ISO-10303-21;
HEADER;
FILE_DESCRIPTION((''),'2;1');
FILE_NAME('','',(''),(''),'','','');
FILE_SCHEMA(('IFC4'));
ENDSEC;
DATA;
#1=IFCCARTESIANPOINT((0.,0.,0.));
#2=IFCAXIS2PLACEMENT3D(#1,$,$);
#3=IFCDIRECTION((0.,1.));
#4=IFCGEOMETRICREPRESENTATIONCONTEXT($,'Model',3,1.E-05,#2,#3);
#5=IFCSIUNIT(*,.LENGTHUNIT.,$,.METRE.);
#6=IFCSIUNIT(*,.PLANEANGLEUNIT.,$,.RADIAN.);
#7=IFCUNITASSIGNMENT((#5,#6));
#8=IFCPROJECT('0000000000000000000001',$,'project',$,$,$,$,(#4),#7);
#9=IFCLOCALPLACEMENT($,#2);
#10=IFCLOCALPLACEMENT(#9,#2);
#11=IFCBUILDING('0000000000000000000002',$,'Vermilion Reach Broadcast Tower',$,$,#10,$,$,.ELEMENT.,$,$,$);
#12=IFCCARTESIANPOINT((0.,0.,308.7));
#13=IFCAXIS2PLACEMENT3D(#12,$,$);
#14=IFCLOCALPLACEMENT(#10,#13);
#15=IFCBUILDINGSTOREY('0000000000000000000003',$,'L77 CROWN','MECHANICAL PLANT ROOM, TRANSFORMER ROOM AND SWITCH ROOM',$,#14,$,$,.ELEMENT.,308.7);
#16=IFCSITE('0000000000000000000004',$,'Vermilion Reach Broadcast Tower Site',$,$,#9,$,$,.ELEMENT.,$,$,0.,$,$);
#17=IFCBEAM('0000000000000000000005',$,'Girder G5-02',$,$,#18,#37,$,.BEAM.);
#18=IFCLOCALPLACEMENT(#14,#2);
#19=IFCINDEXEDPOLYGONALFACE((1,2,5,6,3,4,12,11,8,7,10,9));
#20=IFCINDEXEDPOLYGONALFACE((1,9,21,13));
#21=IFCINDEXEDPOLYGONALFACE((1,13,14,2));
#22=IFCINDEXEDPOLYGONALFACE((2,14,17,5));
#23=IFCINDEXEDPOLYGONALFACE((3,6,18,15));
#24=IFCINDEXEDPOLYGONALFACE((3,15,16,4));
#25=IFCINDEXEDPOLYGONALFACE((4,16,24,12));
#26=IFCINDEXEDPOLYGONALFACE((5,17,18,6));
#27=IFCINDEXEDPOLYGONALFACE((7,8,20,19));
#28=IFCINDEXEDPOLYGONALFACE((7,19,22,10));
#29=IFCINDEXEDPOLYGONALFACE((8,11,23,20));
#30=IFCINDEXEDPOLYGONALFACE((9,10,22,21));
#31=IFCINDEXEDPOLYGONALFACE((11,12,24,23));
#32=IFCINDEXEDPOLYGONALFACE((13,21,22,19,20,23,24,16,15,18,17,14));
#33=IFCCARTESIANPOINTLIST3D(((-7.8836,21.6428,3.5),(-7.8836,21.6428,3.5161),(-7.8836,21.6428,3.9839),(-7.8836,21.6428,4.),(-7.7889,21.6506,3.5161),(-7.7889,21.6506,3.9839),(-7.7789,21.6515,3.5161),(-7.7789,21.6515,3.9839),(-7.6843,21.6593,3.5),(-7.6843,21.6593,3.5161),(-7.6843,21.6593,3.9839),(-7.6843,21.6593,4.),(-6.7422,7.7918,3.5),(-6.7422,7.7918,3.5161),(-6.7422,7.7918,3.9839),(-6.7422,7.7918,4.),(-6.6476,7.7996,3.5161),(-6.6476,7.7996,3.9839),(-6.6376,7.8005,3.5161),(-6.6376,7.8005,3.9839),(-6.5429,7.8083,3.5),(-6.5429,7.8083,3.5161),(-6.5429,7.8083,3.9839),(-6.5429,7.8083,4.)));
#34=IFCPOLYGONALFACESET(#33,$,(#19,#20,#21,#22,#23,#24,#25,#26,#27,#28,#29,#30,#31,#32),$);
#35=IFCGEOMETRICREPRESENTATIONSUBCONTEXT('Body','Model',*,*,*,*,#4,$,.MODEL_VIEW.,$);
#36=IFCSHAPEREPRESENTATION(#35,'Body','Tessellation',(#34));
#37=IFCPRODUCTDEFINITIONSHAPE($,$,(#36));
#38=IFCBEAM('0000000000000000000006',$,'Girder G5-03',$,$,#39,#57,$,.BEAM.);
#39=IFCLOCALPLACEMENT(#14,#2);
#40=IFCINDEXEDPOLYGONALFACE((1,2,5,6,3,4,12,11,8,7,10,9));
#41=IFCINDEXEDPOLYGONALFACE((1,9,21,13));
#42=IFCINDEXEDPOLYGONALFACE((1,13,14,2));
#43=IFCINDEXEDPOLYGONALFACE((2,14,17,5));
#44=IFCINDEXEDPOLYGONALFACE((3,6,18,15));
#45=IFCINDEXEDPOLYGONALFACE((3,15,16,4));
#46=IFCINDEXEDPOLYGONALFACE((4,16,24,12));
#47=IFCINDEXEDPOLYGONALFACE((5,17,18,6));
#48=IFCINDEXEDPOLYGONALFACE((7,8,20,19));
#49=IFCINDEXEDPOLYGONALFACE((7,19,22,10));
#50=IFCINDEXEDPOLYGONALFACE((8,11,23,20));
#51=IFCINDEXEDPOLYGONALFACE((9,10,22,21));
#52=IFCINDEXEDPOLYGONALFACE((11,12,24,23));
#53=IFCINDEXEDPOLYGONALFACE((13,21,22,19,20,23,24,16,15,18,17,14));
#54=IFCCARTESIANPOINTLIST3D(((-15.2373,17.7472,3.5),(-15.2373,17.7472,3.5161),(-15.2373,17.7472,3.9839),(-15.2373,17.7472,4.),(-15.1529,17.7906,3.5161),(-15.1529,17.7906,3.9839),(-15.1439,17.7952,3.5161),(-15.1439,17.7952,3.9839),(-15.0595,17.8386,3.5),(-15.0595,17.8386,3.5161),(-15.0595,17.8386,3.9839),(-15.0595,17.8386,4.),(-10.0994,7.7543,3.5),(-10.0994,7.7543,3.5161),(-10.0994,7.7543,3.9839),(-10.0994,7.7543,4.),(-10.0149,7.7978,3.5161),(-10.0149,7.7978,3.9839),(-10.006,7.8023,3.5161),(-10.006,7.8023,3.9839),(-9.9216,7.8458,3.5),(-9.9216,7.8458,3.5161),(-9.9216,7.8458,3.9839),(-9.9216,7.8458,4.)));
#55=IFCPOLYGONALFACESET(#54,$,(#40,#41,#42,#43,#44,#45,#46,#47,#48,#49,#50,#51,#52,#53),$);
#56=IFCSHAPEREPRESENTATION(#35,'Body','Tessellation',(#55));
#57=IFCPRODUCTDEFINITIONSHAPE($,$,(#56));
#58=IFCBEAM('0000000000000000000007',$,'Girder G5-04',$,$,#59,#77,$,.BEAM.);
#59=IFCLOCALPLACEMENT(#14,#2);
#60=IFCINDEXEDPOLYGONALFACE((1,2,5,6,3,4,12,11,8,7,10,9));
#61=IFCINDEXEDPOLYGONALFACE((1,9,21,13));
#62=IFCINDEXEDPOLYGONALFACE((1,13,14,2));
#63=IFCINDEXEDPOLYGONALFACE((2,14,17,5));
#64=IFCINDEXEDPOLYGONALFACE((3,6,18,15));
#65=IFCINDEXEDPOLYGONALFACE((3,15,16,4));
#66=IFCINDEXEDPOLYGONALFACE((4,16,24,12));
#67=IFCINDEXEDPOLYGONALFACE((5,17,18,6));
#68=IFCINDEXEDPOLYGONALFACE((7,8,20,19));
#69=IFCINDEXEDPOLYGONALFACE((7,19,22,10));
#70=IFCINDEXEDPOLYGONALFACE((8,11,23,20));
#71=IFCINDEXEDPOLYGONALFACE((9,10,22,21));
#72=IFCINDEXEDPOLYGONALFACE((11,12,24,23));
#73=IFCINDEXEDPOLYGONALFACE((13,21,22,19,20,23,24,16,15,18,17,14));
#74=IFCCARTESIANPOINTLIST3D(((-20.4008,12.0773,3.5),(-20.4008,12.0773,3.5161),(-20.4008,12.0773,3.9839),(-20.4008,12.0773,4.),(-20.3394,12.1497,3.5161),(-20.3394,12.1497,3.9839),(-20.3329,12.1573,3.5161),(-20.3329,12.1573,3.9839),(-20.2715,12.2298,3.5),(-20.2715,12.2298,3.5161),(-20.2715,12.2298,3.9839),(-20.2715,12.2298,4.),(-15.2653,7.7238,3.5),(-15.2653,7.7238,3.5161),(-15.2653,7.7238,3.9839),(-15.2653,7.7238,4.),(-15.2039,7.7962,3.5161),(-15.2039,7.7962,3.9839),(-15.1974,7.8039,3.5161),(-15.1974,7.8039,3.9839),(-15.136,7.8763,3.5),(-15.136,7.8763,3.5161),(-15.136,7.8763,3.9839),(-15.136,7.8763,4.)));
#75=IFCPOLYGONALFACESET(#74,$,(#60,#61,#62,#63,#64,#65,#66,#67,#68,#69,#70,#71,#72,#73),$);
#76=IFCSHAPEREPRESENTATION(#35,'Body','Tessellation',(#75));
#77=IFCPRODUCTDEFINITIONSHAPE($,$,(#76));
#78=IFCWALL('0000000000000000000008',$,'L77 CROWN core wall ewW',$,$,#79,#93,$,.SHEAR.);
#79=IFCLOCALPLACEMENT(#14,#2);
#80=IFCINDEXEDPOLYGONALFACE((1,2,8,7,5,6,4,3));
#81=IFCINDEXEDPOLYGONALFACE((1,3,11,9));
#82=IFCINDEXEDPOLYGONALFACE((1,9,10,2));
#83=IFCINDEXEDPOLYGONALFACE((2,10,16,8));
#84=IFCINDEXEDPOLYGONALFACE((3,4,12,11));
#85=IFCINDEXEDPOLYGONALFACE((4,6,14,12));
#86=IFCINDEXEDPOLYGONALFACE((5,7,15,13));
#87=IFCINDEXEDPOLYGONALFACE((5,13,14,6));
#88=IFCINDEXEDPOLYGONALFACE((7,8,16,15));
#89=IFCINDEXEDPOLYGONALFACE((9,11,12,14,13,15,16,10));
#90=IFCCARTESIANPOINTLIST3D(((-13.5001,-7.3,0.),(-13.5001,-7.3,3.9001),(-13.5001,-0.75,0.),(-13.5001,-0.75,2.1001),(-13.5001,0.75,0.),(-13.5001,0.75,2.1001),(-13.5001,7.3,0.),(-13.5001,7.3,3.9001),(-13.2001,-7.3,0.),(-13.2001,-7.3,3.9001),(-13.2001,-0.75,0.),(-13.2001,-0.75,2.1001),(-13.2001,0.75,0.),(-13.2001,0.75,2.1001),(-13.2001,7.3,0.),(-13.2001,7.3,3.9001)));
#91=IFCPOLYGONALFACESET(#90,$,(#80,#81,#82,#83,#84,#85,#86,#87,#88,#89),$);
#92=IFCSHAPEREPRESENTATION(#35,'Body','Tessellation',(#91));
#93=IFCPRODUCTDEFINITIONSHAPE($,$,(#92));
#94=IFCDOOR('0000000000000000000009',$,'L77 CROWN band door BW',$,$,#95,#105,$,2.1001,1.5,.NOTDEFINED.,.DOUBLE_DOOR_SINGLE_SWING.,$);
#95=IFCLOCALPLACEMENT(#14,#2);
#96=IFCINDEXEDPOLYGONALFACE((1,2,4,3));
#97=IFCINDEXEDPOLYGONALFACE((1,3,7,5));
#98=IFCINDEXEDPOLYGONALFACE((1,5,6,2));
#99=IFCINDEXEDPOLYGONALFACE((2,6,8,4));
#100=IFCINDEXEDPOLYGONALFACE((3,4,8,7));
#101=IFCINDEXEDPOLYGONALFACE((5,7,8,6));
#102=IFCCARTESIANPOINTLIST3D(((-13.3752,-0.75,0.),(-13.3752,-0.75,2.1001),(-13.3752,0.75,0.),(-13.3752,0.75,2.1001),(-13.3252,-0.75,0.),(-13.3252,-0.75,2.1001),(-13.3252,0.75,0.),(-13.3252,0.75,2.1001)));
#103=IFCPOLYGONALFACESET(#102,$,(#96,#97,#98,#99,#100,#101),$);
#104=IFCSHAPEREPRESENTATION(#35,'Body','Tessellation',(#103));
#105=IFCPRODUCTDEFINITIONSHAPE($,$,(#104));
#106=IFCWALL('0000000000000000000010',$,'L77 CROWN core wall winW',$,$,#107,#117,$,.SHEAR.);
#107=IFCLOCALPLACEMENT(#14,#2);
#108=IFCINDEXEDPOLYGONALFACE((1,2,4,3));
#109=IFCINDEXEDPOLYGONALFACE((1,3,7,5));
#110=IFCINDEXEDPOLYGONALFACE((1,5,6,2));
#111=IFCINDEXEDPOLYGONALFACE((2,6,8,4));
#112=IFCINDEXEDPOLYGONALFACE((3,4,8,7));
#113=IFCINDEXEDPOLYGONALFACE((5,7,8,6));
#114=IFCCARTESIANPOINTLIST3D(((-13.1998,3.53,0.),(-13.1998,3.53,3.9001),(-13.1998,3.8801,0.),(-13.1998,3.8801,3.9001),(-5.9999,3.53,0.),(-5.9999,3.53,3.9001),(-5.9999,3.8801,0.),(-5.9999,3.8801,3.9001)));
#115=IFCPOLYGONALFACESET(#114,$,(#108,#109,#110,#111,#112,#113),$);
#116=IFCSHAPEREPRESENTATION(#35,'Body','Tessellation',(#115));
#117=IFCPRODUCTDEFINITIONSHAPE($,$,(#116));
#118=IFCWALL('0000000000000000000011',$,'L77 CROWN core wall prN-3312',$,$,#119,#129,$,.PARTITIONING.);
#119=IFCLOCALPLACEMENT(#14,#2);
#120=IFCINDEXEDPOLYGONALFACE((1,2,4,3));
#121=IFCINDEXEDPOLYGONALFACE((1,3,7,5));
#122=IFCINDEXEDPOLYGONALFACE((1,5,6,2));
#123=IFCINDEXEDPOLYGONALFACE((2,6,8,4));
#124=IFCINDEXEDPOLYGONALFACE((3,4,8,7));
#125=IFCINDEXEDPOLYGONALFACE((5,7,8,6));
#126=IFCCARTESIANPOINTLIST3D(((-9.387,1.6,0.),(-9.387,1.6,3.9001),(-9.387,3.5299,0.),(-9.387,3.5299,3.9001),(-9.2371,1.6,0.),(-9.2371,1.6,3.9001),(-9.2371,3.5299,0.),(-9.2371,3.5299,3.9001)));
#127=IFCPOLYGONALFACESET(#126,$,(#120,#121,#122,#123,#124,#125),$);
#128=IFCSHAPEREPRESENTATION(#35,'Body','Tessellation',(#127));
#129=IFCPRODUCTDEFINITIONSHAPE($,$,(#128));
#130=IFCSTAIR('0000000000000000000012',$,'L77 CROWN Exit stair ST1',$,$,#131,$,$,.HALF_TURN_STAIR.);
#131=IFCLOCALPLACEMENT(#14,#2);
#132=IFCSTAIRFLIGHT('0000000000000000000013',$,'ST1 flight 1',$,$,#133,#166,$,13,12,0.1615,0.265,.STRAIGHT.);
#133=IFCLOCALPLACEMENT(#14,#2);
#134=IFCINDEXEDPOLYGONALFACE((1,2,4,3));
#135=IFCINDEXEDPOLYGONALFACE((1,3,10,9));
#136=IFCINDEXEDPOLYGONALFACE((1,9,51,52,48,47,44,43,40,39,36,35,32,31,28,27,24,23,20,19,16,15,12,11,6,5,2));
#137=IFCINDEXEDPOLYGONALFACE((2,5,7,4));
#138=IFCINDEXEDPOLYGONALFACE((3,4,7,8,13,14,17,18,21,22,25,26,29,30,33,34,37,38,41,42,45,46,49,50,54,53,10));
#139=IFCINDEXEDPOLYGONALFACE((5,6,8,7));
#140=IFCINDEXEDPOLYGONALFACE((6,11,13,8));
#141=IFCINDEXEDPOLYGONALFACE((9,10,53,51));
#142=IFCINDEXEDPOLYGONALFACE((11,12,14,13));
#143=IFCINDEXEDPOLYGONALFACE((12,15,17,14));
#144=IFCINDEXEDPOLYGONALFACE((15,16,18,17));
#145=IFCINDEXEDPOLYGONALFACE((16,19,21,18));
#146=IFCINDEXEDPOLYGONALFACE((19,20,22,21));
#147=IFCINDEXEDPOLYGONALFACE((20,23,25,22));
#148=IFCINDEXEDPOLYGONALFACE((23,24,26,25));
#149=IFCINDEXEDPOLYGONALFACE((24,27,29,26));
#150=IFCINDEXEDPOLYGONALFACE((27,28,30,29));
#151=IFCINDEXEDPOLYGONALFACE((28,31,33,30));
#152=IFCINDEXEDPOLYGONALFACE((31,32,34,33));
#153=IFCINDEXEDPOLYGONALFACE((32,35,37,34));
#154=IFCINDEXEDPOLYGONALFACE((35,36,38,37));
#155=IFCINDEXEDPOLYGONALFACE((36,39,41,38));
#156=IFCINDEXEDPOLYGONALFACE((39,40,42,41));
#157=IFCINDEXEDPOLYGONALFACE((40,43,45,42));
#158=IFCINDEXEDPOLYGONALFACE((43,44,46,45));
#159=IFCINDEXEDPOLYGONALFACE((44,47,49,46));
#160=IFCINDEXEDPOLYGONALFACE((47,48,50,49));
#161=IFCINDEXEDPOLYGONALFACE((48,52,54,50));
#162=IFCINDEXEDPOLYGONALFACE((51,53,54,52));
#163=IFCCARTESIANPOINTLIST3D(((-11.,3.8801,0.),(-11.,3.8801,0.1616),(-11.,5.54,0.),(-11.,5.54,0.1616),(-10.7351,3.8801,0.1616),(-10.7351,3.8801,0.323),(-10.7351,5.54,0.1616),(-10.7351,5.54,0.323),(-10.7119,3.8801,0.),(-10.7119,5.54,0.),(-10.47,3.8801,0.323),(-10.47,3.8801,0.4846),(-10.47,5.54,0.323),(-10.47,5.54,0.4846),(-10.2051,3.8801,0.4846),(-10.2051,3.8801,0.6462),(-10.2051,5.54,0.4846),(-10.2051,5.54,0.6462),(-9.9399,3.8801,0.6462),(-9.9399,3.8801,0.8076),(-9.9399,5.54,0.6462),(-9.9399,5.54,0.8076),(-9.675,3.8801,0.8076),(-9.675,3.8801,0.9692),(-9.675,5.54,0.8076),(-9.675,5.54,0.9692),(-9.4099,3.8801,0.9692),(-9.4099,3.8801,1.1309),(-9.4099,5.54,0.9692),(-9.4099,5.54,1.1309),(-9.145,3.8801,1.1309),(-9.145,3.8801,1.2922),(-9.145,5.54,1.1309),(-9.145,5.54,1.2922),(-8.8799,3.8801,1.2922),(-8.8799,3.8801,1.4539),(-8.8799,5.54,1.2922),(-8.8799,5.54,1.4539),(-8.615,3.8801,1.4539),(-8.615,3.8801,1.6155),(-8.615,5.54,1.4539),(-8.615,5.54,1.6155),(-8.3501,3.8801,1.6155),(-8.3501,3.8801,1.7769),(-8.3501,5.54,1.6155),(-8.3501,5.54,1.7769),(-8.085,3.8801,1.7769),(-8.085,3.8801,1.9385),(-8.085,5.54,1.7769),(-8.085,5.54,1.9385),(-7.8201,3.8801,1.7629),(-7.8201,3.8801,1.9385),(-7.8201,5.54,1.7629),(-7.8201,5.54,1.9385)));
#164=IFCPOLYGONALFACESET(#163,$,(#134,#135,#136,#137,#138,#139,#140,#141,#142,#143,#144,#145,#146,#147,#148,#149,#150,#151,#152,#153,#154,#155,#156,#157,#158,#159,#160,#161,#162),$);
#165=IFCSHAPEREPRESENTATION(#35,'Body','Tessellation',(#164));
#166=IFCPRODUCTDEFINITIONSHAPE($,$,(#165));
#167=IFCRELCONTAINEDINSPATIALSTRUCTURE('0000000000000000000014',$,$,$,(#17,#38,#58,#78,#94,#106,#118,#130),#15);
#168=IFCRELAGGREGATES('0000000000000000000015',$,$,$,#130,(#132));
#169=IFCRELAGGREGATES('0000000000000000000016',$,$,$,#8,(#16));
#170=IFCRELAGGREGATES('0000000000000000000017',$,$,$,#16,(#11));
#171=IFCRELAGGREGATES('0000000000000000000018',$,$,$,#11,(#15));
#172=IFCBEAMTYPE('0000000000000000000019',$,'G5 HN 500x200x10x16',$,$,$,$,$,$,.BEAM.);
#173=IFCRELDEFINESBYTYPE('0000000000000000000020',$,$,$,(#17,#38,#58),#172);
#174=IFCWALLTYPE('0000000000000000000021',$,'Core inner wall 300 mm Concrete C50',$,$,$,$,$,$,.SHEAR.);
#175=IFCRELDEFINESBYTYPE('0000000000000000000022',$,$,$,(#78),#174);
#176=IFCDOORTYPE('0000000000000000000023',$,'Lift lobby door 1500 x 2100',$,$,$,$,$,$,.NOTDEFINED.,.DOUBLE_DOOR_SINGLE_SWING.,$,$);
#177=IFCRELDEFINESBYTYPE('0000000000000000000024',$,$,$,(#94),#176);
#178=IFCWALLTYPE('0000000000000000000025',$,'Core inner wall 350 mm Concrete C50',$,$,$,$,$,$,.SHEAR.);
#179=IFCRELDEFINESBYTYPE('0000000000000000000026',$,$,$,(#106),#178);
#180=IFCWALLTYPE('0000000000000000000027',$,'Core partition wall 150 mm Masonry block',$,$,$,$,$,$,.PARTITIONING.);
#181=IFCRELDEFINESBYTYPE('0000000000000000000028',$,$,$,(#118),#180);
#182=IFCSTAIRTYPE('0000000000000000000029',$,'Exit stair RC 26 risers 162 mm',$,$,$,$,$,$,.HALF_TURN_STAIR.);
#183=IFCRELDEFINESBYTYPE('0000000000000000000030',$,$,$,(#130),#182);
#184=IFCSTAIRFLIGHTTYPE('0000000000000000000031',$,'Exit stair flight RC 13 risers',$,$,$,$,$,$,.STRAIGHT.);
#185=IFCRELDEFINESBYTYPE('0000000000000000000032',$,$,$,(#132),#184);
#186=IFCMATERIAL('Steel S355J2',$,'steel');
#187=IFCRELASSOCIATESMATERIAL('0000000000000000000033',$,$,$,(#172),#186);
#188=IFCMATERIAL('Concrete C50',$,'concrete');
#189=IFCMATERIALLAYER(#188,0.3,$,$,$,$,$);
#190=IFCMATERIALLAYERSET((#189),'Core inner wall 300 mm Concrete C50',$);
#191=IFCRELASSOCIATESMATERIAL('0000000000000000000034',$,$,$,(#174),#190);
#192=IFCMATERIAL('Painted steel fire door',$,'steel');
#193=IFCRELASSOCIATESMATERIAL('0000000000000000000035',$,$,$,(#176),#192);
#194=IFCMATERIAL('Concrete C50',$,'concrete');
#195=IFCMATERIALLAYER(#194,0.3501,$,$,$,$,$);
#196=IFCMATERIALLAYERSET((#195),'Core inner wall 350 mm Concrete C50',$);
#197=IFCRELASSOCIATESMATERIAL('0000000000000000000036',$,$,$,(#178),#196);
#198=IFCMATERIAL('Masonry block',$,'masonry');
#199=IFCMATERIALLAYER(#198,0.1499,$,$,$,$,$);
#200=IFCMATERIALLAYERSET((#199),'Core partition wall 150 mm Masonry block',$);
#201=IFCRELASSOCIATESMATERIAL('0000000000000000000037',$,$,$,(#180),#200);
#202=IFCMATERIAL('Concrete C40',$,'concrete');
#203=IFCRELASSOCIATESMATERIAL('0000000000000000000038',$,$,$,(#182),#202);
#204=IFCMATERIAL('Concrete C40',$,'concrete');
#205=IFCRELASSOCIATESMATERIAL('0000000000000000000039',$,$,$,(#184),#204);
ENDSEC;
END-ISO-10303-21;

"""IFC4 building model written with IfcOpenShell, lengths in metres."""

from ifc_helpers import new_model, si_unit, direction, frame, frame_2d, origin, origin_2d, place, context, subcontext, project, spatial, polyline, rectangle, i_section, outline, extrude, material, layer, layer_set, material_profile, profile_set, type_object, element, fill, aggregate, save


model = new_model("IFC4")

# Units and contexts
model_context = context("Model", 3, precision=1e-05, world=origin(), true_north=direction((0.0, 1.0)))
body_context = subcontext(model_context, "Body", "Model", "MODEL_VIEW")
ifc_project = project(units=[si_unit("LENGTHUNIT", "METRE"), si_unit("PLANEANGLEUNIT", "RADIAN")], contexts=[model_context])

# Site, building, storey
site_placement = place(None, origin())
site = spatial("IfcSite", under=ifc_project, at=site_placement, Name="Vermilion Reach Broadcast Tower Site", CompositionType="ELEMENT", RefElevation=0.0)
building_placement = place(site_placement, origin())
building = spatial("IfcBuilding", under=site, at=building_placement, Name="Vermilion Reach Broadcast Tower", CompositionType="ELEMENT")
storey_placement = place(building_placement, frame((0.0, 0.0, 308.7)))
storey = spatial("IfcBuildingStorey", under=building, at=storey_placement, Name="L77 CROWN", Description="MECHANICAL PLANT ROOM, TRANSFORMER ROOM AND SWITCH ROOM", CompositionType="ELEMENT", Elevation=308.7)

# Beams
ifc_material_1 = material(Name="Steel S355J2", Category="steel")
ifc_material_profile = material_profile(ifc_material_1, i_section(OverallWidth=0.2, OverallDepth=0.5, WebThickness=0.01, FlangeThickness=0.0161, at=origin_2d()), Name="S355J2 HN 500x200x10x16")
ifc_profile_set = profile_set([ifc_material_profile], Name="Steel S355J2")
beam_type = type_object("IfcBeamType", Name="G5 HN 500x200x10x16", PredefinedType="BEAM", material=ifc_profile_set)
beam_1_placement = place(storey_placement, frame((-6.6426, 7.8, 3.75), z_axis=(-0.082124, 0.996622, 0.0), x_axis=(-0.996622, -0.082124, 0.0)))
element("IfcBeam", 1, at=beam_1_placement, inside=storey, type_object=beam_type, Name="Girder G5-02", PredefinedType="BEAM", context=body_context, shape_type="SweptSolid", body=[
    extrude(i_section(OverallWidth=0.2, OverallDepth=0.5, WebThickness=0.01, FlangeThickness=0.0161, at=origin_2d()), origin(), (0.0, 0.0, 1.0), 13.8979),
])
beam_2_placement = place(storey_placement, frame((-10.0105, 7.8, 3.75), z_axis=(-0.457258, 0.889334, 0.0), x_axis=(-0.889334, -0.457258, 0.0)))
element("IfcBeam", 2, at=beam_2_placement, inside=storey, type_object=beam_type, Name="Girder G5-03", PredefinedType="BEAM", context=body_context, shape_type="SweptSolid", body=[
    extrude(i_section(OverallWidth=0.2, OverallDepth=0.5, WebThickness=0.01, FlangeThickness=0.0161, at=origin_2d()), origin(), (0.0, 0.0, 1.0), 11.2363),
])
beam_3_placement = place(storey_placement, frame((-15.2007, 7.8, 3.75), z_axis=(-0.762793, 0.646643, 0.0), x_axis=(-0.646643, -0.762793, 0.0)))
element("IfcBeam", 3, at=beam_3_placement, inside=storey, type_object=beam_type, Name="Girder G5-04", PredefinedType="BEAM", context=body_context, shape_type="SweptSolid", body=[
    extrude(i_section(OverallWidth=0.2, OverallDepth=0.5, WebThickness=0.01, FlangeThickness=0.0161, at=origin_2d()), origin(), (0.0, 0.0, 1.0), 6.7324),
])

# Wall, opening, door
ifc_material_2 = material(Name="Concrete C50", Category="concrete")
ifc_layer_1 = layer(ifc_material_2, 0.3)
ifc_layer_set_1 = layer_set([ifc_layer_1], Name="Core inner wall 300 mm Concrete C50")
wall_type_1 = type_object("IfcWallType", Name="Core inner wall 300 mm Concrete C50", PredefinedType="SHEAR", material=ifc_layer_set_1)
wall_1_placement = place(storey_placement, frame((-13.3501, 7.3, 0.0), z_axis=(0.0, 0.0, 1.0), x_axis=(0.0, -1.0, 0.0)))
wall_1 = element("IfcWall", 4, at=wall_1_placement, inside=storey, type_object=wall_type_1, Name="L77 CROWN core wall ewW", PredefinedType="SHEAR", context=body_context, shape_type="SweptSolid", body=[
    extrude(rectangle(XDim=14.6001, YDim=0.3, at=frame_2d((7.3, 0.0))), origin(), (0.0, 0.0, 1.0), 3.9001),
])
opening_1_placement = place(wall_1_placement, frame((6.55, 0.0, 0.0)))
opening_1 = element("IfcOpeningElement", 5, at=opening_1_placement, cuts=wall_1, PredefinedType="OPENING", context=body_context, shape_type="SweptSolid", body=[
    extrude(rectangle(XDim=1.5, YDim=2.1001, at=frame_2d((0.75, 1.05))), frame((0.0, 0.1599, 0.0), z_axis=(0.0, -1.0, 0.0), x_axis=(1.0, 0.0, 0.0)), (0.0, 0.0, 1.0), 0.3201),
])
ifc_material_3 = material(Name="Painted steel fire door", Category="steel")
door_type_1 = type_object("IfcDoorType", Name="Lift lobby door 1500 x 2100", OperationType="DOUBLE_DOOR_SINGLE_SWING", PredefinedType="NOTDEFINED", material=ifc_material_3)
door_1_placement = place(opening_1_placement, origin())
door_1 = element("IfcDoor", 6, at=door_1_placement, inside=storey, type_object=door_type_1, Name="L77 CROWN band door BW", OperationType="DOUBLE_DOOR_SINGLE_SWING", OverallHeight=2.1001, OverallWidth=1.5, PredefinedType="NOTDEFINED", context=body_context, shape_type="SweptSolid", body=[
    extrude(rectangle(XDim=1.5, YDim=2.1001, at=frame_2d((0.75, 1.05))), frame((0.0, 0.0249, 0.0), z_axis=(0.0, -1.0, 0.0), x_axis=(1.0, 0.0, 0.0)), (0.0, 0.0, 1.0), 0.05),
])
fill(opening_1, door_1)

# Walls
ifc_material_4 = material(Name="Concrete C50", Category="concrete")
ifc_layer_2 = layer(ifc_material_4, 0.3501)
ifc_layer_set_2 = layer_set([ifc_layer_2], Name="Core inner wall 350 mm Concrete C50")
wall_type_2 = type_object("IfcWallType", Name="Core inner wall 350 mm Concrete C50", PredefinedType="SHEAR", material=ifc_layer_set_2)
wall_2_placement = place(storey_placement, frame((-13.2, 3.7051, 0.0), z_axis=(0.0, 0.0, 1.0), x_axis=(1.0, 0.0, 0.0)))
element("IfcWall", 7, at=wall_2_placement, inside=storey, type_object=wall_type_2, Name="L77 CROWN core wall winW", PredefinedType="SHEAR", context=body_context, shape_type="SweptSolid", body=[
    extrude(rectangle(XDim=7.2, YDim=0.3501, at=frame_2d((3.6001, 0.0))), origin(), (0.0, 0.0, 1.0), 3.9001),
])
ifc_material_5 = material(Name="Masonry block", Category="masonry")
ifc_layer_3 = layer(ifc_material_5, 0.1499)
ifc_layer_set_3 = layer_set([ifc_layer_3], Name="Core partition wall 150 mm Masonry block")
wall_type_3 = type_object("IfcWallType", Name="Core partition wall 150 mm Masonry block", PredefinedType="PARTITIONING", material=ifc_layer_set_3)
wall_3_placement = place(storey_placement, frame((-9.312, 1.6001, 0.0), z_axis=(0.0, 0.0, 1.0), x_axis=(0.0, 1.0, 0.0)))
element("IfcWall", 8, at=wall_3_placement, inside=storey, type_object=wall_type_3, Name="L77 CROWN core wall prN-3312", PredefinedType="PARTITIONING", context=body_context, shape_type="SweptSolid", body=[
    extrude(rectangle(XDim=1.9299, YDim=0.1499, at=frame_2d((0.9648, 0.0))), origin(), (0.0, 0.0, 1.0), 3.9001),
])

# Stair, stair flight
ifc_material_6 = material(Name="Concrete C40", Category="concrete")
stair_type = type_object("IfcStairType", Name="Exit stair RC 26 risers 162 mm", PredefinedType="HALF_TURN_STAIR", material=ifc_material_6)
stair_placement = place(storey_placement, origin())
stair = element("IfcStair", 9, at=stair_placement, inside=storey, type_object=stair_type, Name="L77 CROWN Exit stair ST1", PredefinedType="HALF_TURN_STAIR")
ifc_material_7 = material(Name="Concrete C40", Category="concrete")
stair_flight_type = type_object("IfcStairFlightType", Name="Exit stair flight RC 13 risers", PredefinedType="STRAIGHT", material=ifc_material_7)
stair_flight_1_placement = place(storey_placement, frame((-11.0, 4.71, 0.0), z_axis=(0.0, 0.0, 1.0), x_axis=(1.0, 0.0, 0.0)))
stair_flight_1 = element("IfcStairFlight", 10, at=stair_flight_1_placement, type_object=stair_flight_type, Name="ST1 flight 1", NumberOfRisers=13, NumberOfTreads=12, PredefinedType="STRAIGHT", RiserHeight=0.1615, TreadLength=0.265, context=body_context, shape_type="SweptSolid", body=[
    extrude(outline(polyline([(0.0, 0.0), (0.0, 0.1616), (0.2649, 0.1616), (0.2649, 0.323), (0.53, 0.323), (0.53, 0.4846), (0.7949, 0.4846), (0.7949, 0.6462), (1.0601, 0.6462), (1.0601, 0.8076), (1.325, 0.8076), (1.325, 0.9692), (1.5901, 0.9692), (1.5901, 1.1309), (1.855, 1.1309), (1.855, 1.2922), (2.1201, 1.2922), (2.1201, 1.4539), (2.385, 1.4539), (2.385, 1.6155), (2.6499, 1.6155), (2.6499, 1.7769), (2.915, 1.7769), (2.915, 1.9385), (3.1799, 1.9385), (3.1799, 2.1001), (3.1799, 1.7629), (0.2881, 0.0), (0.0, 0.0)])), frame((0.0, 0.8301, 0.0), z_axis=(0.0, -1.0, 0.0), x_axis=(1.0, 0.0, 0.0)), (0.0, 0.0, 1.0), 1.6599),
])
aggregate(stair, [stair_flight_1])

save(model, "model.ifc")
